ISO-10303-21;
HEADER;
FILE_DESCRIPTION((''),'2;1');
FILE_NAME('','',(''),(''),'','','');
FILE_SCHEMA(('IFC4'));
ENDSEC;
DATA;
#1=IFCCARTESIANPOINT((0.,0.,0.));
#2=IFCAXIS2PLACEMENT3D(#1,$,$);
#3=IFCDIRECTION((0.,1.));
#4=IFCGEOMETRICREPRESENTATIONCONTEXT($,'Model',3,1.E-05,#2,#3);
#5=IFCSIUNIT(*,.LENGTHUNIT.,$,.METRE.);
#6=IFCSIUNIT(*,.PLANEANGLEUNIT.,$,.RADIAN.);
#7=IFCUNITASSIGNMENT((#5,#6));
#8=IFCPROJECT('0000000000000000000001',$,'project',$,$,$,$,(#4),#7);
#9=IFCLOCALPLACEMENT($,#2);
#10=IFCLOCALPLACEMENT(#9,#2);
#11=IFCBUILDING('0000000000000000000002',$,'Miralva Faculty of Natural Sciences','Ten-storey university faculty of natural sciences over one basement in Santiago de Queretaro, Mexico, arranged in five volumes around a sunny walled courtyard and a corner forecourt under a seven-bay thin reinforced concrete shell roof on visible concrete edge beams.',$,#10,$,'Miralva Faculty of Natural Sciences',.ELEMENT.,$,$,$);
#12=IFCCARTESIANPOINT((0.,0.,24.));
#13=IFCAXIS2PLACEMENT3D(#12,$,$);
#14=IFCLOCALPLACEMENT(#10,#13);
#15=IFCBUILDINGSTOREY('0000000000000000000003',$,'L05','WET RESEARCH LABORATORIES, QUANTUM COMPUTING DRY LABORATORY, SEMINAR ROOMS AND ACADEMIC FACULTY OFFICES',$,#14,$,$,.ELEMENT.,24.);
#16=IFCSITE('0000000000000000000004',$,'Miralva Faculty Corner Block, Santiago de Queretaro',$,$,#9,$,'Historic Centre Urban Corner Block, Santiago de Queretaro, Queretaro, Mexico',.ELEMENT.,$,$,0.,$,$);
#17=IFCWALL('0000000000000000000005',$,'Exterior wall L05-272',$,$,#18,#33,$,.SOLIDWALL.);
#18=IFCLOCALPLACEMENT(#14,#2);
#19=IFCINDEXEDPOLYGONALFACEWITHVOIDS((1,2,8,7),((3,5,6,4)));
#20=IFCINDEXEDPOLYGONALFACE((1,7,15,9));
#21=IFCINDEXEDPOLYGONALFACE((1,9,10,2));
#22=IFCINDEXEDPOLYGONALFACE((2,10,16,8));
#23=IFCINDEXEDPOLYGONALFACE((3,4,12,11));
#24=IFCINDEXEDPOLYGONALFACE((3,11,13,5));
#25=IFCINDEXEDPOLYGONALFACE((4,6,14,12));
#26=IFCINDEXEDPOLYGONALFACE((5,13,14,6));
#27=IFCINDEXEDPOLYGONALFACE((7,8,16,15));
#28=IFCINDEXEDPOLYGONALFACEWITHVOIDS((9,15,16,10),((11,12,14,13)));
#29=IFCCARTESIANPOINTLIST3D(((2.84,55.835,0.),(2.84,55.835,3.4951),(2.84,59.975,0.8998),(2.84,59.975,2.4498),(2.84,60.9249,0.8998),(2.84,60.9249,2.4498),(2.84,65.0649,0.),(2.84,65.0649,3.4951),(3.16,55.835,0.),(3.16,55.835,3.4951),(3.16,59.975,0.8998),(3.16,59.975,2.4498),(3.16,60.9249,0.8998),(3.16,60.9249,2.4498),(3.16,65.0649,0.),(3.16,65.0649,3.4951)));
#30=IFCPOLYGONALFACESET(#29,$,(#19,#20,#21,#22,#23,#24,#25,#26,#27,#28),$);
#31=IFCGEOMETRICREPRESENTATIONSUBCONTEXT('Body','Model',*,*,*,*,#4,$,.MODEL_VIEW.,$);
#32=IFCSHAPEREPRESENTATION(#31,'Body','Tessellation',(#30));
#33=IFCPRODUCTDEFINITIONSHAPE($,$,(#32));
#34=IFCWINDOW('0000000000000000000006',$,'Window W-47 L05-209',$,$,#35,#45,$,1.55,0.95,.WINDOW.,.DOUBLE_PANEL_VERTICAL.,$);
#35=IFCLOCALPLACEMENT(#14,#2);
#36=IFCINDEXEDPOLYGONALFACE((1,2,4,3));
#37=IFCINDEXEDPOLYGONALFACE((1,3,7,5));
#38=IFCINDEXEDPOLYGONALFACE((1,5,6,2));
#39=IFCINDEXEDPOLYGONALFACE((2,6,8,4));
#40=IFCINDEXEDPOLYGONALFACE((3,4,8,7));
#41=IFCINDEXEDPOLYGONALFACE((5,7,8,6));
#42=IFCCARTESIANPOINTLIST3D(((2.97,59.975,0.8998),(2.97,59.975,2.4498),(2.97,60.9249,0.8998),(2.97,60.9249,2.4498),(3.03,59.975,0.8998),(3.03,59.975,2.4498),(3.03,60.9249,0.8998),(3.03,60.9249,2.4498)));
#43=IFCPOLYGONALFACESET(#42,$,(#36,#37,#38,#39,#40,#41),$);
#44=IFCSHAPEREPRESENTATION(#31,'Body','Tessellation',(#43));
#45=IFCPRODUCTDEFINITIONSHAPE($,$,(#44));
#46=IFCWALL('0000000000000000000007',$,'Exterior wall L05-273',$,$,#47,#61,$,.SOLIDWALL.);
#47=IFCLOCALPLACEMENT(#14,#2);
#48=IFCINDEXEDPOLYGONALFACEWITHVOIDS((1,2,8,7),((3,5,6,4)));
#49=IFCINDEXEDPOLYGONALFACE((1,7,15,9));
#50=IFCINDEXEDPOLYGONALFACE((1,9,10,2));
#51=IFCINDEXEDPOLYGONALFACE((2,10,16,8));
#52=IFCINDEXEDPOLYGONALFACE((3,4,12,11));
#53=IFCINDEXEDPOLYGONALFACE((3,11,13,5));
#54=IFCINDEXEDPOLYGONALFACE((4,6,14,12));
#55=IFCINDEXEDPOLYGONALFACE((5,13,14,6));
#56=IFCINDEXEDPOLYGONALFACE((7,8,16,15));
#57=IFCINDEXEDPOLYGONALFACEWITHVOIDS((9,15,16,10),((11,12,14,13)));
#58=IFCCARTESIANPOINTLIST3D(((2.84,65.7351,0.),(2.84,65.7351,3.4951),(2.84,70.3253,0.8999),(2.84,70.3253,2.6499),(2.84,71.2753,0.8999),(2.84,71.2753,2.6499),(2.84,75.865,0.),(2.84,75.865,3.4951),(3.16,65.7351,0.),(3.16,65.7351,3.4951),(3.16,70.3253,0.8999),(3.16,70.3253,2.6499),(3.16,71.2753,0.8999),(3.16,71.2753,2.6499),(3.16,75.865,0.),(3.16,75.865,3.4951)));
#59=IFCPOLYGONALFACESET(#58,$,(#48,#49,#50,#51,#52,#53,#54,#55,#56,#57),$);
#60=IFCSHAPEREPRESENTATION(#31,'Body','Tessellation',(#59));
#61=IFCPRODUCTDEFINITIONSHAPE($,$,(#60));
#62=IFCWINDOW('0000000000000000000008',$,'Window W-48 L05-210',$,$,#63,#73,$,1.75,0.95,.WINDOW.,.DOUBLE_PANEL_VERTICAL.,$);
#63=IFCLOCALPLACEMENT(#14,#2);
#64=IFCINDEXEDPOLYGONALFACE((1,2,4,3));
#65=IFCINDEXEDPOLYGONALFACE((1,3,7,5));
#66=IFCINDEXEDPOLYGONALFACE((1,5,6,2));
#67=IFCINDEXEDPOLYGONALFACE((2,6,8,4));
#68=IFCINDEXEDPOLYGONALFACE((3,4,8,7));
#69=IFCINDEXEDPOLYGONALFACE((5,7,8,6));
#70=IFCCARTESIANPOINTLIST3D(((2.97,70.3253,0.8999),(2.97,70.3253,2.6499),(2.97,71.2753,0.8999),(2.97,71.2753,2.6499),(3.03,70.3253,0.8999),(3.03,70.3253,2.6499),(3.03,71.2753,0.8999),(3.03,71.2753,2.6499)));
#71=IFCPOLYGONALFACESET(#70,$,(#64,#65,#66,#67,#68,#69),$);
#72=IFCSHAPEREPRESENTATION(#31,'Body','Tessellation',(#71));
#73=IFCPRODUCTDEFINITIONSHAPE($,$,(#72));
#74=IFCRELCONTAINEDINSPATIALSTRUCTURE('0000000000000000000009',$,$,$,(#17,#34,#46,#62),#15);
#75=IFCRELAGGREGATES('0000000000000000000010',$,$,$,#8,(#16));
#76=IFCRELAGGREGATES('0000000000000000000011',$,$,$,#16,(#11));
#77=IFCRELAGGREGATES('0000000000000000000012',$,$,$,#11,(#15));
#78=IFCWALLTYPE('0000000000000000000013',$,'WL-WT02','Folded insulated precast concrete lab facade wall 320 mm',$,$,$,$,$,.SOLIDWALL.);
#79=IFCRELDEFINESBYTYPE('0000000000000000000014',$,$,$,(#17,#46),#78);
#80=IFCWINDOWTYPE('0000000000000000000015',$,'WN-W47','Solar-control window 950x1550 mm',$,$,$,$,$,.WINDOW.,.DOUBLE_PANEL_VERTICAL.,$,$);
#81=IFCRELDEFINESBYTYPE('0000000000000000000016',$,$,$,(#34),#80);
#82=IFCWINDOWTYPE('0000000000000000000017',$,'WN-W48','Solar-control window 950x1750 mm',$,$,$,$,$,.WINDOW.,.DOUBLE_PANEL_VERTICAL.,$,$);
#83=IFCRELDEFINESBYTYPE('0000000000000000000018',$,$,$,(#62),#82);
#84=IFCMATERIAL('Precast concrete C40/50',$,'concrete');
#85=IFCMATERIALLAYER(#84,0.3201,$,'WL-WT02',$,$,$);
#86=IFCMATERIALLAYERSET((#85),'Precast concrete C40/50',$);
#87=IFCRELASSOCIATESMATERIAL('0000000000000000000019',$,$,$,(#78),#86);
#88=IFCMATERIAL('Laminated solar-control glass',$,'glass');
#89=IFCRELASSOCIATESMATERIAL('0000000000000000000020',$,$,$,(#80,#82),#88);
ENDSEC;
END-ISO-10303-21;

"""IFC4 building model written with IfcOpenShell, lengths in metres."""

from ifc_helpers import new_model, si_unit, direction, frame, frame_2d, origin, place, context, subcontext, project, spatial, rectangle, extrude, material, layer, layer_set, type_object, element, fill, save


model = new_model("IFC4")

# Units and contexts
model_context = context("Model", 3, precision=1e-05, world=origin(), true_north=direction((0.0, 1.0)))
body_context = subcontext(model_context, "Body", "Model", "MODEL_VIEW")
ifc_project = project(units=[si_unit("LENGTHUNIT", "METRE"), si_unit("PLANEANGLEUNIT", "RADIAN")], contexts=[model_context])

# Site, building, storey
site_placement = place(None, origin())
site = spatial("IfcSite", under=ifc_project, at=site_placement, Name="Miralva Faculty Corner Block, Santiago de Queretaro", LongName="Historic Centre Urban Corner Block, Santiago de Queretaro, Queretaro, Mexico", CompositionType="ELEMENT", RefElevation=0.0)
building_placement = place(site_placement, origin())
building = spatial("IfcBuilding", under=site, at=building_placement, Name="Miralva Faculty of Natural Sciences", Description="Ten-storey university faculty of natural sciences over one basement in Santiago de Queretaro, Mexico, arranged in five volumes around a sunny walled courtyard and a corner forecourt under a seven-bay thin reinforced concrete shell roof on visible concrete edge beams.", LongName="Miralva Faculty of Natural Sciences", CompositionType="ELEMENT")
storey_placement = place(building_placement, frame((0.0, 0.0, 24.0)))
storey = spatial("IfcBuildingStorey", under=building, at=storey_placement, Name="L05", Description="WET RESEARCH LABORATORIES, QUANTUM COMPUTING DRY LABORATORY, SEMINAR ROOMS AND ACADEMIC FACULTY OFFICES", CompositionType="ELEMENT", Elevation=24.0)

# Walls, openings, windows
ifc_material_1 = material(Name="Precast concrete C40/50", Category="concrete")
ifc_layer = layer(ifc_material_1, 0.3201, Name="WL-WT02")
ifc_layer_set = layer_set([ifc_layer], Name="Precast concrete C40/50")
wall_type = type_object("IfcWallType", Name="WL-WT02", Description="Folded insulated precast concrete lab facade wall 320 mm", PredefinedType="SOLIDWALL", material=ifc_layer_set)
wall_1_placement = place(storey_placement, frame((3.0, 55.835, 0.0), z_axis=(0.0, 0.0, 1.0), x_axis=(0.0, 1.0, 0.0)))
wall_1 = element("IfcWall", 1, at=wall_1_placement, inside=storey, type_object=wall_type, Name="Exterior wall L05-272", PredefinedType="SOLIDWALL", context=body_context, shape_type="SweptSolid", body=[
    extrude(rectangle(XDim=9.23, YDim=0.3201, at=frame_2d((4.615, 0.0))), origin(), (0.0, 0.0, 1.0), 3.4951),
])
opening_1_placement = place(wall_1_placement, frame((4.1399, 0.0, 0.8999)))
opening_1 = element("IfcOpeningElement", 2, at=opening_1_placement, cuts=wall_1, PredefinedType="OPENING", context=body_context, shape_type="SweptSolid", body=[
    extrude(rectangle(XDim=0.95, YDim=1.55, at=frame_2d((0.4751, 0.7749))), frame((0.0, 0.1699, 0.0), z_axis=(0.0, -1.0, 0.0), x_axis=(1.0, 0.0, 0.0)), (0.0, 0.0, 1.0), 0.3401),
])
ifc_material_2 = material(Name="Laminated solar-control glass", Category="glass")
window_type_1 = type_object("IfcWindowType", Name="WN-W47", Description="Solar-control window 950x1550 mm", PartitioningType="DOUBLE_PANEL_VERTICAL", PredefinedType="WINDOW", material=ifc_material_2)
window_1_placement = place(opening_1_placement, origin())
window_1 = element("IfcWindow", 3, at=window_1_placement, inside=storey, type_object=window_type_1, Name="Window W-47 L05-209", OverallHeight=1.55, OverallWidth=0.95, PartitioningType="DOUBLE_PANEL_VERTICAL", PredefinedType="WINDOW", context=body_context, shape_type="SweptSolid", body=[
    extrude(rectangle(XDim=0.95, YDim=1.55, at=frame_2d((0.4751, 0.7749))), frame((0.0, 0.03, 0.0), z_axis=(0.0, -1.0, 0.0), x_axis=(1.0, 0.0, 0.0)), (0.0, 0.0, 1.0), 0.0601),
])
fill(opening_1, window_1)
wall_2_placement = place(storey_placement, frame((3.0, 65.7351, 0.0), z_axis=(0.0, 0.0, 1.0), x_axis=(0.0, 1.0, 0.0)))
wall_2 = element("IfcWall", 4, at=wall_2_placement, inside=storey, type_object=wall_type, Name="Exterior wall L05-273", PredefinedType="SOLIDWALL", context=body_context, shape_type="SweptSolid", body=[
    extrude(rectangle(XDim=10.1299, YDim=0.3201, at=frame_2d((5.0649, 0.0))), origin(), (0.0, 0.0, 1.0), 3.4951),
])
opening_2_placement = place(wall_2_placement, frame((4.5901, 0.0, 0.8999)))
opening_2 = element("IfcOpeningElement", 5, at=opening_2_placement, cuts=wall_2, PredefinedType="OPENING", context=body_context, shape_type="SweptSolid", body=[
    extrude(rectangle(XDim=0.95, YDim=1.75, at=frame_2d((0.4751, 0.875))), frame((0.0, 0.1699, 0.0), z_axis=(0.0, -1.0, 0.0), x_axis=(1.0, 0.0, 0.0)), (0.0, 0.0, 1.0), 0.3401),
])
window_type_2 = type_object("IfcWindowType", Name="WN-W48", Description="Solar-control window 950x1750 mm", PartitioningType="DOUBLE_PANEL_VERTICAL", PredefinedType="WINDOW", material=ifc_material_2)
window_2_placement = place(opening_2_placement, origin())
window_2 = element("IfcWindow", 6, at=window_2_placement, inside=storey, type_object=window_type_2, Name="Window W-48 L05-210", OverallHeight=1.75, OverallWidth=0.95, PartitioningType="DOUBLE_PANEL_VERTICAL", PredefinedType="WINDOW", context=body_context, shape_type="SweptSolid", body=[
    extrude(rectangle(XDim=0.95, YDim=1.75, at=frame_2d((0.4751, 0.875))), frame((0.0, 0.03, 0.0), z_axis=(0.0, -1.0, 0.0), x_axis=(1.0, 0.0, 0.0)), (0.0, 0.0, 1.0), 0.0601),
])
fill(opening_2, window_2)

save(model, "model.ifc")
